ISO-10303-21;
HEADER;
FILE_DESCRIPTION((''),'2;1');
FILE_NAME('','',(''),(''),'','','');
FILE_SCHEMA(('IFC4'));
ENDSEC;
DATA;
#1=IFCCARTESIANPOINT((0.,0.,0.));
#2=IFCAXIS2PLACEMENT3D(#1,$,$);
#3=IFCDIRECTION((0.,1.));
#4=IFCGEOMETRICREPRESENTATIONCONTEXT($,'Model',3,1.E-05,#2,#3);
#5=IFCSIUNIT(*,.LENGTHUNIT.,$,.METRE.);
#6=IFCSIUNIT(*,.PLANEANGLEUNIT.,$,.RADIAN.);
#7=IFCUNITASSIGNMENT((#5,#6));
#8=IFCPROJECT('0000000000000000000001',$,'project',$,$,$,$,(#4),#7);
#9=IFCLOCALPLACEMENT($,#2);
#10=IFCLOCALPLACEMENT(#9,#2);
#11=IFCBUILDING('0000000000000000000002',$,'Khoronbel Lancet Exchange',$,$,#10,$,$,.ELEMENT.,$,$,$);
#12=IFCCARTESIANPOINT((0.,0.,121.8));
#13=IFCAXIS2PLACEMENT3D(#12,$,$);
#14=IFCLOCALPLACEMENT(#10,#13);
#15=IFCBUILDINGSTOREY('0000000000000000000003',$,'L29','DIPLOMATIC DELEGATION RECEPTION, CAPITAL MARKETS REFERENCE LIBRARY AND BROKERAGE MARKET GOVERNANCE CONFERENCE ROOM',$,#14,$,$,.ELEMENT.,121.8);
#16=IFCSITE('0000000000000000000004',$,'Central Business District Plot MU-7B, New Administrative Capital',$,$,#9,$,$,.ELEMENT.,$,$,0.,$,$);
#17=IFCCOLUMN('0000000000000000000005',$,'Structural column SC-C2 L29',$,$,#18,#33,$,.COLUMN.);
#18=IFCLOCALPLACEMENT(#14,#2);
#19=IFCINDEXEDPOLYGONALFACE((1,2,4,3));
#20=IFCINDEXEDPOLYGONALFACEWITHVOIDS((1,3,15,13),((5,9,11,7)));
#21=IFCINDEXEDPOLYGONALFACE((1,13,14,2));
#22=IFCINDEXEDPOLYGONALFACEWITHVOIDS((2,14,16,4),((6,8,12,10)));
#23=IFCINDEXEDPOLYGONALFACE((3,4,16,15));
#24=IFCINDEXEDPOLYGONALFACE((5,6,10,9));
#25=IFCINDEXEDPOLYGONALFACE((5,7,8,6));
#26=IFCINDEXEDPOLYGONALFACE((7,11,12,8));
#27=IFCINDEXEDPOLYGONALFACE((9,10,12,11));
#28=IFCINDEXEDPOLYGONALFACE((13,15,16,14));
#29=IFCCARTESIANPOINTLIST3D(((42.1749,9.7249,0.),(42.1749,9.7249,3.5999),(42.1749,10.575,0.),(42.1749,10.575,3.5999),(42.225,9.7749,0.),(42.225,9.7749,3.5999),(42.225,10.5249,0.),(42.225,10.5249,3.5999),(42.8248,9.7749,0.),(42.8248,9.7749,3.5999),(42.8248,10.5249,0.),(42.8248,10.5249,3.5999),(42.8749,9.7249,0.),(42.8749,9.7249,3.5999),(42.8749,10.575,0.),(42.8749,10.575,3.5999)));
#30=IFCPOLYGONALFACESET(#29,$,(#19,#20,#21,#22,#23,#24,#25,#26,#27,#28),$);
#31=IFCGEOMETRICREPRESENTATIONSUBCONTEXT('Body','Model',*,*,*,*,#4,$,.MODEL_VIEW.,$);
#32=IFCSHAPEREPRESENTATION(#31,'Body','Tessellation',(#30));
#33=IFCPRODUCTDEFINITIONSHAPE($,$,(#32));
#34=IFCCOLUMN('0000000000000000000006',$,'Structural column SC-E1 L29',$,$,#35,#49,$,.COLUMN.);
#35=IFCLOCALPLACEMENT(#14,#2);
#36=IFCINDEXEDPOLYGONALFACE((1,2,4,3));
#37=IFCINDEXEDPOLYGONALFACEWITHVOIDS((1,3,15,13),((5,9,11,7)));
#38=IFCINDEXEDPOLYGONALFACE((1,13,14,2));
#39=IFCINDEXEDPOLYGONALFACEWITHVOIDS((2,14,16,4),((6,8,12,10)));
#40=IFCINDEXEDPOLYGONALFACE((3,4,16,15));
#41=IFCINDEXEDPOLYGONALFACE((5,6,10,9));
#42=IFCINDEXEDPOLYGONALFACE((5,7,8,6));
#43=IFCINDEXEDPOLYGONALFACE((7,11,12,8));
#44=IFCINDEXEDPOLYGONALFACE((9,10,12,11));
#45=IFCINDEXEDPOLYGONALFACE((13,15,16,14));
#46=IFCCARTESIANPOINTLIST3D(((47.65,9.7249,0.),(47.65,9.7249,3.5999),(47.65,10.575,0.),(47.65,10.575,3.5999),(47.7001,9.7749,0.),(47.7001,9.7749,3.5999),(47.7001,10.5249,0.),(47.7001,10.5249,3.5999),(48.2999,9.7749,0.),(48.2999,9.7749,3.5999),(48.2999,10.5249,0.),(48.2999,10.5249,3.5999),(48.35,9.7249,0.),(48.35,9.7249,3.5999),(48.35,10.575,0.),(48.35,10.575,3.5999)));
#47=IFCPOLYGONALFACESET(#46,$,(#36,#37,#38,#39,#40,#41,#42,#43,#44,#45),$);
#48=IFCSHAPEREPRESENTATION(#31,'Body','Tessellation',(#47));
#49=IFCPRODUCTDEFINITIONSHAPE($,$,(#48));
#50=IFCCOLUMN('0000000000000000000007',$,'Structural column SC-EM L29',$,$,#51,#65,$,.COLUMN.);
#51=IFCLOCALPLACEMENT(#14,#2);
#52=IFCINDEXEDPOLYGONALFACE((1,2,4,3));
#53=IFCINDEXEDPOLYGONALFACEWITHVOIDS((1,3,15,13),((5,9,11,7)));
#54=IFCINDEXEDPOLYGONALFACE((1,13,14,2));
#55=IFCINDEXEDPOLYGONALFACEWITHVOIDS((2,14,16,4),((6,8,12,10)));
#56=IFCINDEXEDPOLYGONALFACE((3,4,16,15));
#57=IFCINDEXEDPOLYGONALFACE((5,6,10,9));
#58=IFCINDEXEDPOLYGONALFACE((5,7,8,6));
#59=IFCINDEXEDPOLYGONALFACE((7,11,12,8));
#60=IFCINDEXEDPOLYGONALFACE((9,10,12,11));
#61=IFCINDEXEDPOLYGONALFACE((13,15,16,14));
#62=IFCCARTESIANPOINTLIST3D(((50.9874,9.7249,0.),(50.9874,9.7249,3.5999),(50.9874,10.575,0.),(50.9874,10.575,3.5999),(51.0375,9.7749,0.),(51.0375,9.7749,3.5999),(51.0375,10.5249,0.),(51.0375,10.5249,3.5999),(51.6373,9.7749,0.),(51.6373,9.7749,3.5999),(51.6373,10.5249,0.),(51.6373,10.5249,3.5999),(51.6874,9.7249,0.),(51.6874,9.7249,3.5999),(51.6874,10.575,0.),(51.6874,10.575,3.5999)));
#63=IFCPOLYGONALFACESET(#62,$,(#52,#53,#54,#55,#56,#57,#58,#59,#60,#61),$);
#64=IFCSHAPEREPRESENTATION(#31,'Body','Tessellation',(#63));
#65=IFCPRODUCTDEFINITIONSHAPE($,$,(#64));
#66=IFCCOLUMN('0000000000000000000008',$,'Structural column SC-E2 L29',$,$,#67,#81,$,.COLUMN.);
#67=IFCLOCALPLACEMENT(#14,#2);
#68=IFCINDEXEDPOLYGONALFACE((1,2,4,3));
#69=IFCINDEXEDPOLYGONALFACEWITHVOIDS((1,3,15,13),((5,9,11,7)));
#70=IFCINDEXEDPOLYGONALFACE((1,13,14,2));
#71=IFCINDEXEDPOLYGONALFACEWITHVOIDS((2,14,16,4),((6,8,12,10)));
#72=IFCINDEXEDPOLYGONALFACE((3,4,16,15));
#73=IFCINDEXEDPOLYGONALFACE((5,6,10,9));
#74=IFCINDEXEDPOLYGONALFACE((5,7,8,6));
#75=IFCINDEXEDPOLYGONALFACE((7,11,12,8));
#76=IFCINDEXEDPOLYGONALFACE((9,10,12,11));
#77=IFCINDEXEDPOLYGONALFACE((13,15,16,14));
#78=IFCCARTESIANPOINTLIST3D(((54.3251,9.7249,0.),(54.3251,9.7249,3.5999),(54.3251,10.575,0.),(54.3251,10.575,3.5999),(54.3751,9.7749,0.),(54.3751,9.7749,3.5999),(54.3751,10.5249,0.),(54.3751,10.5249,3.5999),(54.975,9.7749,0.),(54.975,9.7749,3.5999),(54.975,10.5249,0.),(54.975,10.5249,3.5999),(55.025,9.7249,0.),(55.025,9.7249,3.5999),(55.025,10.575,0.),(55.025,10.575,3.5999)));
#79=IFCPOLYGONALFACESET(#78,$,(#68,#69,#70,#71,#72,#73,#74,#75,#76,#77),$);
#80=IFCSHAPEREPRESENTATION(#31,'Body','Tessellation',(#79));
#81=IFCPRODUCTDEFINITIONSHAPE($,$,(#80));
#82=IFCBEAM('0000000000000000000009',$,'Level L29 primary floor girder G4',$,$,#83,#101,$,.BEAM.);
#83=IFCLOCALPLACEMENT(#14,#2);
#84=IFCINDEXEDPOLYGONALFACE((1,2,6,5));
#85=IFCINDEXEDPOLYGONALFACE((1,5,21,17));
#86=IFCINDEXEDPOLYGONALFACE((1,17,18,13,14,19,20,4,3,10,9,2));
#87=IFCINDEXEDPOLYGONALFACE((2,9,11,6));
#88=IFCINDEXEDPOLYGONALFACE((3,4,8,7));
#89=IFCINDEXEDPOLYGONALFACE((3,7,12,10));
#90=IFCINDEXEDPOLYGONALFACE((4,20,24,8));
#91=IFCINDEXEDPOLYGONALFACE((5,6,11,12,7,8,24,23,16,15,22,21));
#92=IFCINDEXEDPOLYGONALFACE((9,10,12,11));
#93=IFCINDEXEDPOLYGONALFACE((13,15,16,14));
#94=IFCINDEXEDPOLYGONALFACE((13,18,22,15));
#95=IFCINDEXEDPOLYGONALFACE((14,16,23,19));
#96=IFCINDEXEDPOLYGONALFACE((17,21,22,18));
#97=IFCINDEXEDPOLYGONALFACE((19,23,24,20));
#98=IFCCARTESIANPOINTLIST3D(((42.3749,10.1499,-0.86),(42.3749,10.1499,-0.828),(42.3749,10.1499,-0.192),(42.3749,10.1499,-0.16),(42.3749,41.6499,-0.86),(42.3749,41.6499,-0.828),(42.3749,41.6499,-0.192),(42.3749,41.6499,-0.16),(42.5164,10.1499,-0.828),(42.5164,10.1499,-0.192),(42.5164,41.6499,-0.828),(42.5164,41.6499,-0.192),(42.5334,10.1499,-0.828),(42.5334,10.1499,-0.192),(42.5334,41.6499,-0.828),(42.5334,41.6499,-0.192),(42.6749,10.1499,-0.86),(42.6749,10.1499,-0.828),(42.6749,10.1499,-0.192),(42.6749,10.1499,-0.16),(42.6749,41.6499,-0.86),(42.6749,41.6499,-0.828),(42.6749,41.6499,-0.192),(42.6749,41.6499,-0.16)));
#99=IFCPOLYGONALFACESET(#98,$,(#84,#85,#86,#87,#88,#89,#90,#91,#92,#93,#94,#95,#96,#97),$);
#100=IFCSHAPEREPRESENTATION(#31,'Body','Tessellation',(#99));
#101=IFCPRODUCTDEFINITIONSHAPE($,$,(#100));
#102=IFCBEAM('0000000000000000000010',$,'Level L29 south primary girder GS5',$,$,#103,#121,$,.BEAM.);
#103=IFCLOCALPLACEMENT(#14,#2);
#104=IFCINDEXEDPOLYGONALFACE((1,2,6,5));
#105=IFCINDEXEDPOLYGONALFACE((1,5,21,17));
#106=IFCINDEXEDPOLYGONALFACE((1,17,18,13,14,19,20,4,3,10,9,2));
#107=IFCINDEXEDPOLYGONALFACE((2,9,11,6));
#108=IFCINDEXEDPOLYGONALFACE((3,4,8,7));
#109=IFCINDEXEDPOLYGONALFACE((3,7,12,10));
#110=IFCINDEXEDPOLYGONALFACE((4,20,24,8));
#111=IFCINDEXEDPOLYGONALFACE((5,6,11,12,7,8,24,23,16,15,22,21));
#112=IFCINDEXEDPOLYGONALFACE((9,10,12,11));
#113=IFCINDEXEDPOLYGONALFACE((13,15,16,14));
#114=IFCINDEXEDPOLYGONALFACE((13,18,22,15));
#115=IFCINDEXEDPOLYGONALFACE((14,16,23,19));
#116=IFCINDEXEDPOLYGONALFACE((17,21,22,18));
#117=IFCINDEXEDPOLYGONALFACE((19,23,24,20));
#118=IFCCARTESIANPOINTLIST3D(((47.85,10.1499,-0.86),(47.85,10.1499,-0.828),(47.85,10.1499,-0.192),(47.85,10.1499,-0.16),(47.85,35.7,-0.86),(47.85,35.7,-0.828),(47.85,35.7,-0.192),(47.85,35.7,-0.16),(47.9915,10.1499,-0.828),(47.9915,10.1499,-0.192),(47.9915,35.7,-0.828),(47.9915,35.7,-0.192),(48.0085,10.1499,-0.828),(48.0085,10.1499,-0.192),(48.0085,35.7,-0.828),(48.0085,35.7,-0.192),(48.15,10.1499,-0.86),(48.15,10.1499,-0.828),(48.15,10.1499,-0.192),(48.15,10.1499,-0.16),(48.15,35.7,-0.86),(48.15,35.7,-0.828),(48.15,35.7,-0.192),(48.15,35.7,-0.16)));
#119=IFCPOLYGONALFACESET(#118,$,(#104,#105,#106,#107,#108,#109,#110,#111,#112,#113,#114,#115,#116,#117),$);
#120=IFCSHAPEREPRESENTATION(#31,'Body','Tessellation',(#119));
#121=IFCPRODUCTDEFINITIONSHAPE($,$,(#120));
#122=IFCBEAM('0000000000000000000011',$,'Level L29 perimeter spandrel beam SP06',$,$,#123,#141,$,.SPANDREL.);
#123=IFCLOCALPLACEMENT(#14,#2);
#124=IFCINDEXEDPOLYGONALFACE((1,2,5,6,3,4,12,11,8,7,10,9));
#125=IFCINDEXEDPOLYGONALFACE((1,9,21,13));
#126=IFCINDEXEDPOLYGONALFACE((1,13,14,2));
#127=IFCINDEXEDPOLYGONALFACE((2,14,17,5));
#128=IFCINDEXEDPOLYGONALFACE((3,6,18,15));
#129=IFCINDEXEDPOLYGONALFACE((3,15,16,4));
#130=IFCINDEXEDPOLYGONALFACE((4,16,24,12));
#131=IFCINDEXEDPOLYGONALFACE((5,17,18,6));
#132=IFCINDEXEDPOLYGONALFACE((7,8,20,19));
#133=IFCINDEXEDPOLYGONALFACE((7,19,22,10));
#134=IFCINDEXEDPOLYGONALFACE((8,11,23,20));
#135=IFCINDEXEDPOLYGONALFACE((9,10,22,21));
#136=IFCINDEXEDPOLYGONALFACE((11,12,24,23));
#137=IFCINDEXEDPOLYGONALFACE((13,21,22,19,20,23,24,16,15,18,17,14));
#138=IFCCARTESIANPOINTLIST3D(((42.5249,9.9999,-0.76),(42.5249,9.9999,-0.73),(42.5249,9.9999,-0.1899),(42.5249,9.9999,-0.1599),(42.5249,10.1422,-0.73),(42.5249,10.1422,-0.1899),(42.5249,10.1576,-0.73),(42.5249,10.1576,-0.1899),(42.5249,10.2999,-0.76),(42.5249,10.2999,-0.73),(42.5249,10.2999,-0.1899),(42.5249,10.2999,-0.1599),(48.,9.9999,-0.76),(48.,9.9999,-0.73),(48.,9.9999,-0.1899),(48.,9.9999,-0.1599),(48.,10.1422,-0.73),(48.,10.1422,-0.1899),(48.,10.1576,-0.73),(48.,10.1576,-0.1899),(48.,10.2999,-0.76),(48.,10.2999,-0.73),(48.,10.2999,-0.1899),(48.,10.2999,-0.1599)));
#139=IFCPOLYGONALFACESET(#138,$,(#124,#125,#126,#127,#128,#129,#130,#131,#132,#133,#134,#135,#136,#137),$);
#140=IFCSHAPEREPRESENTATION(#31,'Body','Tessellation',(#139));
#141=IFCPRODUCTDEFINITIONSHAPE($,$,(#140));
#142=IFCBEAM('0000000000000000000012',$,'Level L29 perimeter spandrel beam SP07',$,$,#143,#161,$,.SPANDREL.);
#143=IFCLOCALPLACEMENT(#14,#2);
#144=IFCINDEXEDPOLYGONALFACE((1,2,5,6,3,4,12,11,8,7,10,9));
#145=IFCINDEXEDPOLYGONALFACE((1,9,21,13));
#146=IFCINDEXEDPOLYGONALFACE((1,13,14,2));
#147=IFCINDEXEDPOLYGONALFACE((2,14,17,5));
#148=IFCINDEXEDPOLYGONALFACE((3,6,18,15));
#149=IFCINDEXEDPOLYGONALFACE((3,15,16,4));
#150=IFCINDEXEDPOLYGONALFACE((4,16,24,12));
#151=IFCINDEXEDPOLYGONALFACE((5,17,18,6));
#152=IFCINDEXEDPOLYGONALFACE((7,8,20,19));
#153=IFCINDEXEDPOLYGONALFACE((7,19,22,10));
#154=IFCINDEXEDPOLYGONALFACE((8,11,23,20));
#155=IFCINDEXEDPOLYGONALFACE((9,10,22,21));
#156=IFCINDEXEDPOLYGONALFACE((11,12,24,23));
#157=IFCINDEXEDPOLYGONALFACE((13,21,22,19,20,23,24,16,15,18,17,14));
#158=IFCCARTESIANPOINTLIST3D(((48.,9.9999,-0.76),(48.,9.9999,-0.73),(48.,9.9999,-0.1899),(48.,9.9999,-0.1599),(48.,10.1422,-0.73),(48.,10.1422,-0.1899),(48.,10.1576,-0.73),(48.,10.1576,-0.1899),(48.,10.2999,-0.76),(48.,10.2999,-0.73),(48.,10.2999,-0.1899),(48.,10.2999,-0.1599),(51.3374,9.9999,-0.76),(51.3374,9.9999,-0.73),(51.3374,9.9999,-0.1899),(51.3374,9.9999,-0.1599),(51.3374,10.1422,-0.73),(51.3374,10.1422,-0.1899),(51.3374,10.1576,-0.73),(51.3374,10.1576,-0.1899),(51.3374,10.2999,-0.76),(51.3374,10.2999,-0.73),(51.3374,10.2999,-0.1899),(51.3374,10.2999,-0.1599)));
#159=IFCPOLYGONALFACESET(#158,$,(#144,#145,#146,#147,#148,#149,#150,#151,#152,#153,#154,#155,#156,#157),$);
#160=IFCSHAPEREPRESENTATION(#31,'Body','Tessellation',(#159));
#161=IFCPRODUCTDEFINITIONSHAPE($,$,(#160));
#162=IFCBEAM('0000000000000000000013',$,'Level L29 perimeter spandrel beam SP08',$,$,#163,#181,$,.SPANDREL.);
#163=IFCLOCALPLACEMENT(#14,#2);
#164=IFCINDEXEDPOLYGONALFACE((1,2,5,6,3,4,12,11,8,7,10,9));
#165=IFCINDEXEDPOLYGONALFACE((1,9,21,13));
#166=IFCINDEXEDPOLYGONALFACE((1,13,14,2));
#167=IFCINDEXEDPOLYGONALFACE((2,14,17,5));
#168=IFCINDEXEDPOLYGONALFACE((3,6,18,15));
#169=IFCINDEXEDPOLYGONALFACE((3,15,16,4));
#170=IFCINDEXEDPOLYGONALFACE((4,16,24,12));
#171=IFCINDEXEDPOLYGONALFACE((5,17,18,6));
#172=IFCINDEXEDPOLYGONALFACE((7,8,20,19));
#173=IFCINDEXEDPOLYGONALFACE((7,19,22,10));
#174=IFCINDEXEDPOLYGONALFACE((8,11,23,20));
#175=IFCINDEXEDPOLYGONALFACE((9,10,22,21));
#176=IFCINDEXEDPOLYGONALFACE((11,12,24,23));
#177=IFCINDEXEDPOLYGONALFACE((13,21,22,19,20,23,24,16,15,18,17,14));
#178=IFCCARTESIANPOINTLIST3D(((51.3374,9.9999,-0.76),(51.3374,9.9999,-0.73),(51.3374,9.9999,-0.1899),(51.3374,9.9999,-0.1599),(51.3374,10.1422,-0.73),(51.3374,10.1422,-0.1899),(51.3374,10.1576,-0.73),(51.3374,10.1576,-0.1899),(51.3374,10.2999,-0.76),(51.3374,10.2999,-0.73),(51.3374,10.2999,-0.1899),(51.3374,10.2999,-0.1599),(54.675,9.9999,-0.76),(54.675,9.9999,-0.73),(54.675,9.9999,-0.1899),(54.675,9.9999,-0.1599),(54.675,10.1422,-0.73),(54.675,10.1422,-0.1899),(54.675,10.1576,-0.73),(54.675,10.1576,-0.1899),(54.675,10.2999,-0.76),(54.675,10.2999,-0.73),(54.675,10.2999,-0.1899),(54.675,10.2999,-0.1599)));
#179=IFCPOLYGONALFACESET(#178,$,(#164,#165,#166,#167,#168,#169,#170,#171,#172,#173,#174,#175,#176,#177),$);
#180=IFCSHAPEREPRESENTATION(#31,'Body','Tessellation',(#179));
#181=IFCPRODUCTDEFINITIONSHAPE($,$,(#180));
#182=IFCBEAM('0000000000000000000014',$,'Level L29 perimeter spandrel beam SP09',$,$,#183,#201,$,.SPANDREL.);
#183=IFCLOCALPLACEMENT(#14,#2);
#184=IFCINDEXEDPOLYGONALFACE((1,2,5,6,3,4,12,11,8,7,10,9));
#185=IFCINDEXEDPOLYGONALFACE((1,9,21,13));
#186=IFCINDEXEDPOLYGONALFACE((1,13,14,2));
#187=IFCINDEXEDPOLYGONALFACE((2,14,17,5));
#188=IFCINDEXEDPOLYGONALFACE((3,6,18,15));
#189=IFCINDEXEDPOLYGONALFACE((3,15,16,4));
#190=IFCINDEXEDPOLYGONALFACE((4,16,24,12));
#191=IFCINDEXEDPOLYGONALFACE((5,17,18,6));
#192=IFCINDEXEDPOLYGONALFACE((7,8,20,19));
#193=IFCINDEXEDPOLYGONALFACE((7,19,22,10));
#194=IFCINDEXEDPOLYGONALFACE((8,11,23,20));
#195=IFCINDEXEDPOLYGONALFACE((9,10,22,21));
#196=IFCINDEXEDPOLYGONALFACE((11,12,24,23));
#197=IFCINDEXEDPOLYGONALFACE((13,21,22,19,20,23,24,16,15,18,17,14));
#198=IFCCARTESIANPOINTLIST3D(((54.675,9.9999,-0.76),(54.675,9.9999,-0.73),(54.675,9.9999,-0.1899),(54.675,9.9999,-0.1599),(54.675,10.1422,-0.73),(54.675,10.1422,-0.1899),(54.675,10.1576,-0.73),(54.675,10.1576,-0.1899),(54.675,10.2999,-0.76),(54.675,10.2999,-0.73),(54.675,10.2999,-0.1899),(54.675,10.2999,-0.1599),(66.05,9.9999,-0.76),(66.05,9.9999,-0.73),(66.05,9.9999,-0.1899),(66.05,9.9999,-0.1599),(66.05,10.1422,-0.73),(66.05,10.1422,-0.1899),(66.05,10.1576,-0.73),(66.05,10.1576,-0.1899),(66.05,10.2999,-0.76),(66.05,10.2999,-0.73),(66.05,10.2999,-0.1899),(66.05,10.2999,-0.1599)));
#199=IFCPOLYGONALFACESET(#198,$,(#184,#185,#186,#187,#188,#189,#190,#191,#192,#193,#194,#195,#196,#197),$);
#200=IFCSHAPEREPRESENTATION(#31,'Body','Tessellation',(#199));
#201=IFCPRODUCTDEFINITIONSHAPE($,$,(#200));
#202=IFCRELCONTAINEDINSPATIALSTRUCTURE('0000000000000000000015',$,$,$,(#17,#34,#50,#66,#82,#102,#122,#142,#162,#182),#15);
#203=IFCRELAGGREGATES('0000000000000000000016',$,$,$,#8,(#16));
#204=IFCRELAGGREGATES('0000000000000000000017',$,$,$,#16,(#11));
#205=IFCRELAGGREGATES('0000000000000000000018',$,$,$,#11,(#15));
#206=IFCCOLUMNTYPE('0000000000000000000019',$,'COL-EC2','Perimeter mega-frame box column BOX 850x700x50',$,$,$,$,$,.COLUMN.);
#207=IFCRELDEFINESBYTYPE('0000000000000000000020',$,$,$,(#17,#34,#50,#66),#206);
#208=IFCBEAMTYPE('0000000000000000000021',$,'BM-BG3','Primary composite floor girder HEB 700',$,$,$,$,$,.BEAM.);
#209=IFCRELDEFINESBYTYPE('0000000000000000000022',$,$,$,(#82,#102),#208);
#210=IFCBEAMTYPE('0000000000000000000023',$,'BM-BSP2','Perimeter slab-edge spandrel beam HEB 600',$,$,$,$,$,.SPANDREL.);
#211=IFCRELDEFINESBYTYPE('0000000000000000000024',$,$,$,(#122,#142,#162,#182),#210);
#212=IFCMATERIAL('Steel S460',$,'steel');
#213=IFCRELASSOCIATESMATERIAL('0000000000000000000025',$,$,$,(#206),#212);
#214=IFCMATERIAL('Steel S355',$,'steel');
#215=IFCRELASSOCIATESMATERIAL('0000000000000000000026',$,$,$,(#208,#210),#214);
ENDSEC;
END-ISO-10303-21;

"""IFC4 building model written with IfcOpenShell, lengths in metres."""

from ifc_helpers import new_model, si_unit, direction, frame, origin, origin_2d, place, context, subcontext, project, spatial, hollow_rectangle, i_section, extrude, material, material_profile, profile_set, type_object, element, save


model = new_model("IFC4")

# Units and contexts
model_context = context("Model", 3, precision=1e-05, world=origin(), true_north=direction((0.0, 1.0)))
body_context = subcontext(model_context, "Body", "Model", "MODEL_VIEW")
ifc_project = project(units=[si_unit("LENGTHUNIT", "METRE"), si_unit("PLANEANGLEUNIT", "RADIAN")], contexts=[model_context])

# Site, building, storey
site_placement = place(None, origin())
site = spatial("IfcSite", under=ifc_project, at=site_placement, Name="Central Business District Plot MU-7B, New Administrative Capital", CompositionType="ELEMENT", RefElevation=0.0)
building_placement = place(site_placement, origin())
building = spatial("IfcBuilding", under=site, at=building_placement, Name="Khoronbel Lancet Exchange", CompositionType="ELEMENT")
storey_placement = place(building_placement, frame((0.0, 0.0, 121.8)))
storey = spatial("IfcBuildingStorey", under=building, at=storey_placement, Name="L29", Description="DIPLOMATIC DELEGATION RECEPTION, CAPITAL MARKETS REFERENCE LIBRARY AND BROKERAGE MARKET GOVERNANCE CONFERENCE ROOM", CompositionType="ELEMENT", Elevation=121.8)

# Columns
ifc_material_1 = material(Name="Steel S460", Category="steel")
ifc_material_profile_1 = material_profile(ifc_material_1, hollow_rectangle(XDim=0.7, YDim=0.8501, WallThickness=0.05, at=origin_2d()), Name="BOX 850x700x50")
ifc_profile_set_1 = profile_set([ifc_material_profile_1], Name="Steel S460")
column_type = type_object("IfcColumnType", Name="COL-EC2", Description="Perimeter mega-frame box column BOX 850x700x50", PredefinedType="COLUMN", material=ifc_profile_set_1)
for number, where, z_axis, x_axis, name in (
    (1, (42.5249, 10.1499, 0.0), (0.0, 0.0, 1.0), (1.0, 0.0, 0.0), "Structural column SC-C2 L29"),
    (2, (48.0, 10.1499, 0.0), (0.0, 0.0, 1.0), (1.0, 0.0, 0.0), "Structural column SC-E1 L29"),
    (3, (51.3374, 10.1499, 0.0), (0.0, 0.0, 1.0), (1.0, 0.0, 0.0), "Structural column SC-EM L29"),
    (4, (54.675, 10.1499, 0.0), (0.0, 0.0, 1.0), (1.0, 0.0, 0.0), "Structural column SC-E2 L29"),
):
    element("IfcColumn", number, at=place(storey_placement, frame(where, z_axis=z_axis, x_axis=x_axis)), inside=storey, type_object=column_type, Name=name, PredefinedType="COLUMN", context=body_context, shape_type="SweptSolid", body=[
        extrude(hollow_rectangle(XDim=0.7, YDim=0.8501, WallThickness=0.05, at=origin_2d()), origin(), (0.0, 0.0, 1.0), 3.5999),
    ])

# Beams
ifc_material_2 = material(Name="Steel S355", Category="steel")
ifc_material_profile_2 = material_profile(ifc_material_2, i_section(OverallWidth=0.3, OverallDepth=0.7, WebThickness=0.0171, FlangeThickness=0.032, at=origin_2d()), Name="HEB 700")
ifc_profile_set_2 = profile_set([ifc_material_profile_2], Name="Steel S355")
beam_type_1 = type_object("IfcBeamType", Name="BM-BG3", Description="Primary composite floor girder HEB 700", PredefinedType="BEAM", material=ifc_profile_set_2)
beam_1_placement = place(storey_placement, frame((42.5249, 10.1499, -0.51), z_axis=(0.0, 1.0, 0.0), x_axis=(-1.0, 0.0, 0.0)))
element("IfcBeam", 5, at=beam_1_placement, inside=storey, type_object=beam_type_1, Name="Level L29 primary floor girder G4", PredefinedType="BEAM", context=body_context, shape_type="SweptSolid", body=[
    extrude(i_section(OverallWidth=0.3, OverallDepth=0.7, WebThickness=0.0171, FlangeThickness=0.032, at=origin_2d()), origin(), (0.0, 0.0, 1.0), 31.5),
])
beam_2_placement = place(storey_placement, frame((48.0, 10.1499, -0.51), z_axis=(0.0, 1.0, 0.0), x_axis=(-1.0, 0.0, 0.0)))
element("IfcBeam", 6, at=beam_2_placement, inside=storey, type_object=beam_type_1, Name="Level L29 south primary girder GS5", PredefinedType="BEAM", context=body_context, shape_type="SweptSolid", body=[
    extrude(i_section(OverallWidth=0.3, OverallDepth=0.7, WebThickness=0.0171, FlangeThickness=0.032, at=origin_2d()), origin(), (0.0, 0.0, 1.0), 25.55),
])
ifc_material_profile_3 = material_profile(ifc_material_2, i_section(OverallWidth=0.3, OverallDepth=0.6001, WebThickness=0.0154, FlangeThickness=0.03, at=origin_2d()), Name="HEB 600")
ifc_profile_set_3 = profile_set([ifc_material_profile_3], Name="Steel S355")
beam_type_2 = type_object("IfcBeamType", Name="BM-BSP2", Description="Perimeter slab-edge spandrel beam HEB 600", PredefinedType="SPANDREL", material=ifc_profile_set_3)
beam_3_placement = place(storey_placement, frame((42.5249, 10.1499, -0.46), z_axis=(1.0, 0.0, 0.0), x_axis=(0.0, 1.0, 0.0)))
element("IfcBeam", 7, at=beam_3_placement, inside=storey, type_object=beam_type_2, Name="Level L29 perimeter spandrel beam SP06", PredefinedType="SPANDREL", context=body_context, shape_type="SweptSolid", body=[
    extrude(i_section(OverallWidth=0.3, OverallDepth=0.6001, WebThickness=0.0154, FlangeThickness=0.03, at=origin_2d()), origin(), (0.0, 0.0, 1.0), 5.4751),
])
beam_4_placement = place(storey_placement, frame((48.0, 10.1499, -0.46), z_axis=(1.0, 0.0, 0.0), x_axis=(0.0, 1.0, 0.0)))
element("IfcBeam", 8, at=beam_4_placement, inside=storey, type_object=beam_type_2, Name="Level L29 perimeter spandrel beam SP07", PredefinedType="SPANDREL", context=body_context, shape_type="SweptSolid", body=[
    extrude(i_section(OverallWidth=0.3, OverallDepth=0.6001, WebThickness=0.0154, FlangeThickness=0.03, at=origin_2d()), origin(), (0.0, 0.0, 1.0), 3.3374),
])
beam_5_placement = place(storey_placement, frame((51.3374, 10.1499, -0.46), z_axis=(1.0, 0.0, 0.0), x_axis=(0.0, 1.0, 0.0)))
element("IfcBeam", 9, at=beam_5_placement, inside=storey, type_object=beam_type_2, Name="Level L29 perimeter spandrel beam SP08", PredefinedType="SPANDREL", context=body_context, shape_type="SweptSolid", body=[
    extrude(i_section(OverallWidth=0.3, OverallDepth=0.6001, WebThickness=0.0154, FlangeThickness=0.03, at=origin_2d()), origin(), (0.0, 0.0, 1.0), 3.3376),
])
beam_6_placement = place(storey_placement, frame((54.675, 10.1499, -0.46), z_axis=(1.0, 0.0, 0.0), x_axis=(0.0, 1.0, 0.0)))
element("IfcBeam", 10, at=beam_6_placement, inside=storey, type_object=beam_type_2, Name="Level L29 perimeter spandrel beam SP09", PredefinedType="SPANDREL", context=body_context, shape_type="SweptSolid", body=[
    extrude(i_section(OverallWidth=0.3, OverallDepth=0.6001, WebThickness=0.0154, FlangeThickness=0.03, at=origin_2d()), origin(), (0.0, 0.0, 1.0), 11.375),
])

save(model, "model.ifc")
